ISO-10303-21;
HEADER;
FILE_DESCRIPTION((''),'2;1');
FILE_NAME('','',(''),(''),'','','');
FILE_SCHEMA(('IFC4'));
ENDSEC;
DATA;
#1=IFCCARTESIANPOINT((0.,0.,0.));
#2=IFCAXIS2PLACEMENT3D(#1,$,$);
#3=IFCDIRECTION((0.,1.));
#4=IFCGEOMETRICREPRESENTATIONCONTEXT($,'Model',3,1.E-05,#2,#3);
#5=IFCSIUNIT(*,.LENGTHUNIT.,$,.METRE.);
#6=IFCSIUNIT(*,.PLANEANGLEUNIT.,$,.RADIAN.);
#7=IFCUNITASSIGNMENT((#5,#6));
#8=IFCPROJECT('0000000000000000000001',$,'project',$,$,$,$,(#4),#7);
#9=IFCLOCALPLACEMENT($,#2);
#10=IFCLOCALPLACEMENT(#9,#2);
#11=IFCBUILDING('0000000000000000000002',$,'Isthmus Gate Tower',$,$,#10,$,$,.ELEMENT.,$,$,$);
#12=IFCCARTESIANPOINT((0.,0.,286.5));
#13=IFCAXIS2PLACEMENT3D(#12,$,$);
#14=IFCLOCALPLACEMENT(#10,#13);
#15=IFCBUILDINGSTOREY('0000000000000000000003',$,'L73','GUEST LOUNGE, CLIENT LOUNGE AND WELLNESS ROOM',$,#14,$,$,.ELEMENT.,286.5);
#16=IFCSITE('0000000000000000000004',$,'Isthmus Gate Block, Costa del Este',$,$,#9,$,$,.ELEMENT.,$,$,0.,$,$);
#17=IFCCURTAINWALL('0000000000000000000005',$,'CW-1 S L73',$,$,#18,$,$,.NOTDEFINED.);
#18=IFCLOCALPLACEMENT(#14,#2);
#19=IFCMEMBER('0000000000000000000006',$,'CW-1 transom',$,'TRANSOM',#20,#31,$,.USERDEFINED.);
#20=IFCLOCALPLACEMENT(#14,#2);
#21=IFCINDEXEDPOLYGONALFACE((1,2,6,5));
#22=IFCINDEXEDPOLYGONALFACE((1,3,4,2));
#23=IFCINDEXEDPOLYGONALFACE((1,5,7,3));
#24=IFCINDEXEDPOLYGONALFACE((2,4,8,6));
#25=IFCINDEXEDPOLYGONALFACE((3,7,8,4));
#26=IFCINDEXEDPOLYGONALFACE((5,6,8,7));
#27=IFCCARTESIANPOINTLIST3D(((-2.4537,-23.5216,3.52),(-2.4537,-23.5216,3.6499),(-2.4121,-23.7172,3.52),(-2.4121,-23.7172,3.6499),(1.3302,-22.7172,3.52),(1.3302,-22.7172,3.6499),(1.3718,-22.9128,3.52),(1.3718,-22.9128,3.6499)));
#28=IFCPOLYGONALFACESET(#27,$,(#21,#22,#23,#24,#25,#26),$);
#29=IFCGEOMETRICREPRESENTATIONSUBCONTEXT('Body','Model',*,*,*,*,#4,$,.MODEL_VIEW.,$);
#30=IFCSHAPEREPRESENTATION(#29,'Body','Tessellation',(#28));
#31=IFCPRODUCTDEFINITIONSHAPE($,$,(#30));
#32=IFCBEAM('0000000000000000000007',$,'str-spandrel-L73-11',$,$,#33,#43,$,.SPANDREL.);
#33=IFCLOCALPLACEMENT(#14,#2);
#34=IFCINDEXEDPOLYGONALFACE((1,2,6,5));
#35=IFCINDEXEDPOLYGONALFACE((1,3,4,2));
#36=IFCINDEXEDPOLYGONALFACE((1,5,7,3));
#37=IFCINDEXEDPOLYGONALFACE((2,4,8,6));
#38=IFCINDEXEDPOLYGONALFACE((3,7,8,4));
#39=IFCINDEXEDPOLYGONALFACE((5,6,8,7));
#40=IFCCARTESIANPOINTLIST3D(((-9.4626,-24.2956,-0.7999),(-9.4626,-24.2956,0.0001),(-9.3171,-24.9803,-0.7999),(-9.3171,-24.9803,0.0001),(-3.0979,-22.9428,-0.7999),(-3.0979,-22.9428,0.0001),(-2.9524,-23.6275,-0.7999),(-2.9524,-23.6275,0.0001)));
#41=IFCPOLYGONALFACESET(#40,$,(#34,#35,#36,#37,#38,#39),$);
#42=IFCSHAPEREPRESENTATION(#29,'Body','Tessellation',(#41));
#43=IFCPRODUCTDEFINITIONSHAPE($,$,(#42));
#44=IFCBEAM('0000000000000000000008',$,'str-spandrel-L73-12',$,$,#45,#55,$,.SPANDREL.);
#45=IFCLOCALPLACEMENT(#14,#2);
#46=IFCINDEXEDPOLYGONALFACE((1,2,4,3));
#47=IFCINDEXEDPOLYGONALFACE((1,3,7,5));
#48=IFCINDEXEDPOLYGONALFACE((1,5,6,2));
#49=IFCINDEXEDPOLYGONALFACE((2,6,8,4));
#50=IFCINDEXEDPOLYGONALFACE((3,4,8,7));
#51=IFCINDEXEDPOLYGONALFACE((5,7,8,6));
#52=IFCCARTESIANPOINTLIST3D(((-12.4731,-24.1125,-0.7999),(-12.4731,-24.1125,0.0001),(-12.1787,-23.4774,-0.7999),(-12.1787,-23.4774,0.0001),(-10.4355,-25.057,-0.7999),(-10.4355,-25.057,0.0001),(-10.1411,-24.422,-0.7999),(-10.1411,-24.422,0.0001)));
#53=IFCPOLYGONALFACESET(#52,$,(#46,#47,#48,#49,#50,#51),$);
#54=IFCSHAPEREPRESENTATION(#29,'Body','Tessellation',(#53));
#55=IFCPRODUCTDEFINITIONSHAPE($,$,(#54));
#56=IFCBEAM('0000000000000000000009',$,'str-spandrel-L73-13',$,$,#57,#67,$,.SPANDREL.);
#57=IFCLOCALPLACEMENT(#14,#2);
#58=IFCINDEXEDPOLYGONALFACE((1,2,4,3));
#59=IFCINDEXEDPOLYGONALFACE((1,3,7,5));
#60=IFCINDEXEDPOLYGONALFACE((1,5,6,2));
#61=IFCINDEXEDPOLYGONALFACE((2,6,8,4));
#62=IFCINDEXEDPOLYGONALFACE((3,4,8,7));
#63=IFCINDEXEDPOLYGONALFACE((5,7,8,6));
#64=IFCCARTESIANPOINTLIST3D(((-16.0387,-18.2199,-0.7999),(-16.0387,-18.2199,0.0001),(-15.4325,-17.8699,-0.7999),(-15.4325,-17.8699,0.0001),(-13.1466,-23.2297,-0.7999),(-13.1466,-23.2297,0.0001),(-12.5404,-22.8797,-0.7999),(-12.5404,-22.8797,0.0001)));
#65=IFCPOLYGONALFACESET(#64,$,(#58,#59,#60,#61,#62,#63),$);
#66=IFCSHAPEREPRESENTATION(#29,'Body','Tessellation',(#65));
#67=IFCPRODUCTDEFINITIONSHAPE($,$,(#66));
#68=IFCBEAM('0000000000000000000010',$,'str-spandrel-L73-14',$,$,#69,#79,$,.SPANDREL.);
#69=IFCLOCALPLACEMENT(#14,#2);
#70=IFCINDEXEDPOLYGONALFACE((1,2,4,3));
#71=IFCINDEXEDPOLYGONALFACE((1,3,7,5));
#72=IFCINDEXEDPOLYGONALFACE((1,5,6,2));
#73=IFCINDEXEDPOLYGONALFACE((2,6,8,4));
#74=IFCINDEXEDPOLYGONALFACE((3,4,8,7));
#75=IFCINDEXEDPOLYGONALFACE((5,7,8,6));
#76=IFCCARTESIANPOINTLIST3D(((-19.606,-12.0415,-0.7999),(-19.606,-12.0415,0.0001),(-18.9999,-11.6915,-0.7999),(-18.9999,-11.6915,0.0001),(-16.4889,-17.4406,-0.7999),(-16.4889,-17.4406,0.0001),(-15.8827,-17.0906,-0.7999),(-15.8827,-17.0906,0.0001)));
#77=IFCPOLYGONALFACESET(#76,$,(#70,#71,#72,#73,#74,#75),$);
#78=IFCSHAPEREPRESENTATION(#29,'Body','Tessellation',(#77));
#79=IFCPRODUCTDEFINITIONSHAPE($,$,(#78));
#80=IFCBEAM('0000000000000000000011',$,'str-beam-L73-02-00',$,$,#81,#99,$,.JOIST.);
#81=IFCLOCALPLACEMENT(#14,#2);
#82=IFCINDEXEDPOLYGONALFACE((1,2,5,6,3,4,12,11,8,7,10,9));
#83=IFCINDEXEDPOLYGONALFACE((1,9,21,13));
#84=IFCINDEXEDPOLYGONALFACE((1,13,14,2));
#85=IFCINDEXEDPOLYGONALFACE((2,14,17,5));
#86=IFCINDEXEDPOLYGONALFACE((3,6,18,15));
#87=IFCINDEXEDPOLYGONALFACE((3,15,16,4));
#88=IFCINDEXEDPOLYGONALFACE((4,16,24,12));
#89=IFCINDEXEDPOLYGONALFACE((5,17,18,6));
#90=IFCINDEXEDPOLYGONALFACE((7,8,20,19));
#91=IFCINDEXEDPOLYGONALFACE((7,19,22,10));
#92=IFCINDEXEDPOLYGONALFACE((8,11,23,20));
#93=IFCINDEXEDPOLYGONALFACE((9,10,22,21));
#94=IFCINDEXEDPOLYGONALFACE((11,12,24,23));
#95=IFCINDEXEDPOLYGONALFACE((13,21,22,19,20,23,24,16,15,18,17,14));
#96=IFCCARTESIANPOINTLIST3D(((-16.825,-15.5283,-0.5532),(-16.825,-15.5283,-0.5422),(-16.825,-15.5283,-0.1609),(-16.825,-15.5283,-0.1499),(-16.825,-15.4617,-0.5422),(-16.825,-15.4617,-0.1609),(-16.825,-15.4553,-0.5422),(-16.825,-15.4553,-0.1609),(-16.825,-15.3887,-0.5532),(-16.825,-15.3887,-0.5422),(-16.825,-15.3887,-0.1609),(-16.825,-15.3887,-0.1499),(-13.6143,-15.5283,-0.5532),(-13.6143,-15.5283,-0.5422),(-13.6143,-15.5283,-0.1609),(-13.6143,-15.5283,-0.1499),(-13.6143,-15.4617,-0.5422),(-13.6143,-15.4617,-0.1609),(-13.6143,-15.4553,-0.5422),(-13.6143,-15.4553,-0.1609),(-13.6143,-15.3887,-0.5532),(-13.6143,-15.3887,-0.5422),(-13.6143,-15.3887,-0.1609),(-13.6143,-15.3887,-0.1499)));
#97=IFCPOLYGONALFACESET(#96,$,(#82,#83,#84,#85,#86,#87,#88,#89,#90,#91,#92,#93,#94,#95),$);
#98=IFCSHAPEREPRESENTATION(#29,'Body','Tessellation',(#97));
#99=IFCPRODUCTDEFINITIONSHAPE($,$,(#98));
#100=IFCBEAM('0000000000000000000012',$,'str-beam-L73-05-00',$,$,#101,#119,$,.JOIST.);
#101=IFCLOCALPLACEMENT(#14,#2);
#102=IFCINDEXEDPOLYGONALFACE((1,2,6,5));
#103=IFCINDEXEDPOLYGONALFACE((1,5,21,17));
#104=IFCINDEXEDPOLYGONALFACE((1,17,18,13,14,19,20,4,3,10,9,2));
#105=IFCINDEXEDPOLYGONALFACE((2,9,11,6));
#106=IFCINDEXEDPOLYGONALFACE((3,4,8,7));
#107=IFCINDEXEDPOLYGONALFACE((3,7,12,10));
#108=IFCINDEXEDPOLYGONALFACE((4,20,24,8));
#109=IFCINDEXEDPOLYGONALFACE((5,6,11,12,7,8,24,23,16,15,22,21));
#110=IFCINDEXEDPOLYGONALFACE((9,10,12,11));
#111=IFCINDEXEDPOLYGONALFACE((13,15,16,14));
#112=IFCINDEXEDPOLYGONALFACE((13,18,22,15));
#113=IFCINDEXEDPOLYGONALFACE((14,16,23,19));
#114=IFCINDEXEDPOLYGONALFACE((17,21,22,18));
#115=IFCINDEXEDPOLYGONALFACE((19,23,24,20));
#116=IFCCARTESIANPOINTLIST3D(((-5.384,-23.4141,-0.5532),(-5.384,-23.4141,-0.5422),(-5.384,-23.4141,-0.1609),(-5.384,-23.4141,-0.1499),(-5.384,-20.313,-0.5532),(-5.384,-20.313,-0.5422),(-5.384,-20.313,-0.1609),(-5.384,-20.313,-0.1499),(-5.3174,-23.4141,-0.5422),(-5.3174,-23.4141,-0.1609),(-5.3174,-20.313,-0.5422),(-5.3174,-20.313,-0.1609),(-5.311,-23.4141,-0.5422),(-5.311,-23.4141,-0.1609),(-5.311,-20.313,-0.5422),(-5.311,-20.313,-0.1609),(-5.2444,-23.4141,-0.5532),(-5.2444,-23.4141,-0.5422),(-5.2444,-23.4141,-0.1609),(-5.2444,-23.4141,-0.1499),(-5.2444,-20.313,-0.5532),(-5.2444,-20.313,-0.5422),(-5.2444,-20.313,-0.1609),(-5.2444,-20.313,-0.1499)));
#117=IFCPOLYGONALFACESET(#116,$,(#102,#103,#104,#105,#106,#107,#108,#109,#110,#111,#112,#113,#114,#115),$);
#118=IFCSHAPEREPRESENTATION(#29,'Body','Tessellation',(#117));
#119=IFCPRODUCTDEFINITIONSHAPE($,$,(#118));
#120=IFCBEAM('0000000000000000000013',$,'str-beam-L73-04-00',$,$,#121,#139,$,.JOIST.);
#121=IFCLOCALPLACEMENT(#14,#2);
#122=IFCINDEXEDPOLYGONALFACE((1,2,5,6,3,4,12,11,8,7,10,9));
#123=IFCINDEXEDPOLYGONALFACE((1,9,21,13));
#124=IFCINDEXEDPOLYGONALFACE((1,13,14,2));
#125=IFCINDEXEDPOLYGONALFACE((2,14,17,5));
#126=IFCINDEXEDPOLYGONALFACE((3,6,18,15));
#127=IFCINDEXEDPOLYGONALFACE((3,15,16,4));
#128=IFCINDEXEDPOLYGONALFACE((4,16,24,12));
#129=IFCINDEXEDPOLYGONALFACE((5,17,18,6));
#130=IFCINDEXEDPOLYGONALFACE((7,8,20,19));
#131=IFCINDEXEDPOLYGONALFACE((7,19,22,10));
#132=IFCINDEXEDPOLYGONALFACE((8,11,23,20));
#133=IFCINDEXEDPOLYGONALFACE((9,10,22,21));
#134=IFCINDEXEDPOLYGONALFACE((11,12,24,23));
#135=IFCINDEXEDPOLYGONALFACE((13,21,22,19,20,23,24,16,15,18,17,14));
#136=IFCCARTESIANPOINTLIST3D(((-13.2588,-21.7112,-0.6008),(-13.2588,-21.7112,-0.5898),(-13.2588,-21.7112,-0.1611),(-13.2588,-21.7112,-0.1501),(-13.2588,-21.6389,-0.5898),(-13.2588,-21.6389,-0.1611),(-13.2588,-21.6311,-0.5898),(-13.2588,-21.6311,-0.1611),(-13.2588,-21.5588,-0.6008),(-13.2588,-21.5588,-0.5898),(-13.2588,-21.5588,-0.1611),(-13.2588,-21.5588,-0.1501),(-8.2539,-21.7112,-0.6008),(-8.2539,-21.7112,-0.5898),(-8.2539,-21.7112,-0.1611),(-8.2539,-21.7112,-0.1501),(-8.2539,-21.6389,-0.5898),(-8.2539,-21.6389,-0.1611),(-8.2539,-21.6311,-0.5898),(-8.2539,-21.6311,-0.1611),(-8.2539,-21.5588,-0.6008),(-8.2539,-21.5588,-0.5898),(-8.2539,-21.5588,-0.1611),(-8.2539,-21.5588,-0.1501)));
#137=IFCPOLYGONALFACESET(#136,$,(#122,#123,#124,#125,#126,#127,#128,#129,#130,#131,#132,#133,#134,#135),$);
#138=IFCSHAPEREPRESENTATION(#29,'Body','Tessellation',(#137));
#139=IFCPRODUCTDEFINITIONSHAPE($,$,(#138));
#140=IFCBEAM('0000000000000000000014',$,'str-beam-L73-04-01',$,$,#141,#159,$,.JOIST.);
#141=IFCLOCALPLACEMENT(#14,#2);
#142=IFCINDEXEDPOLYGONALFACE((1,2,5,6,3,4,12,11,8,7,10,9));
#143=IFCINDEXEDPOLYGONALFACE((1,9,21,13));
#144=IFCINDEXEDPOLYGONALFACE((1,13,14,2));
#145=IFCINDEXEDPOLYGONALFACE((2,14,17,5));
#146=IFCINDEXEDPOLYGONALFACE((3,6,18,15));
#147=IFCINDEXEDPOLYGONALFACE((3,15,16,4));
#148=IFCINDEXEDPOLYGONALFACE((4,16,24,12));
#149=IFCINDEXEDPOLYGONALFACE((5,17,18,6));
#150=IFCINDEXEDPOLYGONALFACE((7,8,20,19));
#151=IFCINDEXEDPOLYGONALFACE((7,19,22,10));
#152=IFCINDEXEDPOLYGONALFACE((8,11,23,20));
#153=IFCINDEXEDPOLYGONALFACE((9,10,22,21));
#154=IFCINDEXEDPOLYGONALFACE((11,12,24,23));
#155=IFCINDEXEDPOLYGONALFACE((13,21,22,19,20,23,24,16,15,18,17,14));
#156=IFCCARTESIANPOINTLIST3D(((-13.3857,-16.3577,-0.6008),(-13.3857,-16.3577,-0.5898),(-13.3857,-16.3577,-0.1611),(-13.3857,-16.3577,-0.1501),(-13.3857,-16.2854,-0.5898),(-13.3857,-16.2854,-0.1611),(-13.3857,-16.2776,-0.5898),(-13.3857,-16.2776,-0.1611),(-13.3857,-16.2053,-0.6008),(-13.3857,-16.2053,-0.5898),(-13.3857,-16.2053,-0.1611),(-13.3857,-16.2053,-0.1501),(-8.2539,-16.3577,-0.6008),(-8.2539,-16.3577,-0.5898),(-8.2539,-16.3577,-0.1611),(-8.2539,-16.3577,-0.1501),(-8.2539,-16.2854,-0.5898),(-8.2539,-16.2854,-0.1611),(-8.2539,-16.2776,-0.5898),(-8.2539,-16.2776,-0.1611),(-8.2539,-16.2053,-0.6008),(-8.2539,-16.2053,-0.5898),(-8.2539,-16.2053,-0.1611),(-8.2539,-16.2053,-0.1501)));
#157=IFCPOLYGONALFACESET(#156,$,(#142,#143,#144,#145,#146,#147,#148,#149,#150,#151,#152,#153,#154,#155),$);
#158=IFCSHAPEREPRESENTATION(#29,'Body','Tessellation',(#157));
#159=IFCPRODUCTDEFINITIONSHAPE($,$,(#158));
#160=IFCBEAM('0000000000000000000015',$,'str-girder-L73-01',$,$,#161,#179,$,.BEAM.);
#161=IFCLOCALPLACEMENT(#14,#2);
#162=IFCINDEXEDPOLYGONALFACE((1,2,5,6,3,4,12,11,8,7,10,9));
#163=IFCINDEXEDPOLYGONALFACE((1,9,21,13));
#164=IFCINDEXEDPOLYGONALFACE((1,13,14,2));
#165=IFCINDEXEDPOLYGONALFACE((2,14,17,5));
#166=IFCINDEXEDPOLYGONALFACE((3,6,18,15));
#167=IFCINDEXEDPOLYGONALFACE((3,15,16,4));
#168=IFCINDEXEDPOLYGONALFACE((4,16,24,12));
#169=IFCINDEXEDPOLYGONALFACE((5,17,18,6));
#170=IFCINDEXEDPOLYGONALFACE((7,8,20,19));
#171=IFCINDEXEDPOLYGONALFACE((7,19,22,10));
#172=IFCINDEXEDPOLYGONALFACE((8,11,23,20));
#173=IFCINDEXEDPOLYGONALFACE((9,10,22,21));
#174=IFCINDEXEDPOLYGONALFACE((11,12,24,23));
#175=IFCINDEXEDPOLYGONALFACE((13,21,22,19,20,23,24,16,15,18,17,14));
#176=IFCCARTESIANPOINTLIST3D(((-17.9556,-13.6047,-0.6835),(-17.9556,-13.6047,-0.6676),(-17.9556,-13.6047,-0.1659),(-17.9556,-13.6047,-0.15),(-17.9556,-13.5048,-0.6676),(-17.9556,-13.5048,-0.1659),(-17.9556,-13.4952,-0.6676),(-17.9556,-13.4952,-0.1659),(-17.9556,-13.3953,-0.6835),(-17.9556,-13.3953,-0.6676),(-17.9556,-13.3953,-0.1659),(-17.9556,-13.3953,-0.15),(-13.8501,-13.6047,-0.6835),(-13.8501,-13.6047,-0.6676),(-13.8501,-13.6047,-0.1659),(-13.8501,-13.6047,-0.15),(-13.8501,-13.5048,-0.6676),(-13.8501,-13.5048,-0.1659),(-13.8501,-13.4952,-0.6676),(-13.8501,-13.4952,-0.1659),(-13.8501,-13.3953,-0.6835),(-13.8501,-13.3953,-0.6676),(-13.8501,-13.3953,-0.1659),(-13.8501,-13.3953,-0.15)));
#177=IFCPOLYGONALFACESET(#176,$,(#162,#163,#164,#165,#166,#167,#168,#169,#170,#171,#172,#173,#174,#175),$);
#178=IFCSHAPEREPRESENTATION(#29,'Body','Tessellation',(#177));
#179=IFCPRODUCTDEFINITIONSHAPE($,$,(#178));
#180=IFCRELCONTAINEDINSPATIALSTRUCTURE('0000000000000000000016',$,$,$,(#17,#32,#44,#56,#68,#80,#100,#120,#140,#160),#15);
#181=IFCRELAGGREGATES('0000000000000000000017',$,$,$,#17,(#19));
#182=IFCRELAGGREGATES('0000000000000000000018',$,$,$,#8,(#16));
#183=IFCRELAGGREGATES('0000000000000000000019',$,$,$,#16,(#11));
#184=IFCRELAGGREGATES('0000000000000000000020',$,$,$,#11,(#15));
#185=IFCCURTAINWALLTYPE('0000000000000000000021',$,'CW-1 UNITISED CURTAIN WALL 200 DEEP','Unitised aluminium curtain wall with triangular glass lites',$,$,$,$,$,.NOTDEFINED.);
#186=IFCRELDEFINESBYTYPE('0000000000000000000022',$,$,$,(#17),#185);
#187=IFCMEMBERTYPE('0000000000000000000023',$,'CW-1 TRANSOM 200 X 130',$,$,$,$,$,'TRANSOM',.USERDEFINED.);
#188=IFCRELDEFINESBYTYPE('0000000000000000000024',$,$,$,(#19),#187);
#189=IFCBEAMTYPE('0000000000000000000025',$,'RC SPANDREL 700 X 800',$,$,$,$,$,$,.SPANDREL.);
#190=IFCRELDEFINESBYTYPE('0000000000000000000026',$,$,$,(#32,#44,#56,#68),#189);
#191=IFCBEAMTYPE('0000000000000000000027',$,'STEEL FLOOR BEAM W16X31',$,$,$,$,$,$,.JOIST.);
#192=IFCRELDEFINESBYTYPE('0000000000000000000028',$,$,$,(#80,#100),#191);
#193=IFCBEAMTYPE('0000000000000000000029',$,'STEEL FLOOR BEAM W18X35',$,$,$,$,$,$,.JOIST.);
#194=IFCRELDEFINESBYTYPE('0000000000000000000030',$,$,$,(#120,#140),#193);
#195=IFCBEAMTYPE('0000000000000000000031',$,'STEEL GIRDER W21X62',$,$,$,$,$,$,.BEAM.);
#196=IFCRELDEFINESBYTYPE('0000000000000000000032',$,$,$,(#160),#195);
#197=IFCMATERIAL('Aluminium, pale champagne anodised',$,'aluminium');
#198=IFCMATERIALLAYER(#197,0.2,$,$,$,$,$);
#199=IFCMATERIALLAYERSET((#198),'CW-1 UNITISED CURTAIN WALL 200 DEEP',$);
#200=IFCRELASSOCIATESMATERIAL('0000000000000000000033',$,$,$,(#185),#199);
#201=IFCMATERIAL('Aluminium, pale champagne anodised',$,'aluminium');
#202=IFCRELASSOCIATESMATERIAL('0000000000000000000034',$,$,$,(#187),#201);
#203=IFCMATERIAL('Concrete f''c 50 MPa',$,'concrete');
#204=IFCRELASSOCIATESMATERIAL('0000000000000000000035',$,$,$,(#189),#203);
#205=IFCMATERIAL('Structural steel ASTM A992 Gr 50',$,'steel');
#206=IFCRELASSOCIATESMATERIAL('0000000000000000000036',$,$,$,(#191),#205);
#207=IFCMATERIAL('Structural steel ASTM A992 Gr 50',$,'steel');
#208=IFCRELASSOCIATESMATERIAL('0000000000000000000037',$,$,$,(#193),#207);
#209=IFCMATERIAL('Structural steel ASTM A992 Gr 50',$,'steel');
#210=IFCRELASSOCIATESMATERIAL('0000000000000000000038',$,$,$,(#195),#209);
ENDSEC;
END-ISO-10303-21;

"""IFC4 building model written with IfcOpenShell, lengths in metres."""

from ifc_helpers import new_model, si_unit, direction, frame, origin, origin_2d, place, context, subcontext, project, spatial, rectangle, i_section, extrude, material, layer, layer_set, material_profile, profile_set, type_object, element, aggregate, save


model = new_model("IFC4")

# Units and contexts
model_context = context("Model", 3, precision=1e-05, world=origin(), true_north=direction((0.0, 1.0)))
body_context = subcontext(model_context, "Body", "Model", "MODEL_VIEW")
ifc_project = project(units=[si_unit("LENGTHUNIT", "METRE"), si_unit("PLANEANGLEUNIT", "RADIAN")], contexts=[model_context])

# Site, building, storey
site_placement = place(None, origin())
site = spatial("IfcSite", under=ifc_project, at=site_placement, Name="Isthmus Gate Block, Costa del Este", CompositionType="ELEMENT", RefElevation=0.0)
building_placement = place(site_placement, origin())
building = spatial("IfcBuilding", under=site, at=building_placement, Name="Isthmus Gate Tower", CompositionType="ELEMENT")
storey_placement = place(building_placement, frame((0.0, 0.0, 286.5)))
storey = spatial("IfcBuildingStorey", under=building, at=storey_placement, Name="L73", Description="GUEST LOUNGE, CLIENT LOUNGE AND WELLNESS ROOM", CompositionType="ELEMENT", Elevation=286.5)

# Shared definitions
ifc_material_1 = material(Name="Aluminium, pale champagne anodised", Category="aluminium")
ifc_layer_1 = layer(ifc_material_1, 0.2)
ifc_layer_set_1 = layer_set([ifc_layer_1], Name="CW-1 UNITISED CURTAIN WALL 200 DEEP")
curtain_wall_type = type_object("IfcCurtainWallType", Name="CW-1 UNITISED CURTAIN WALL 200 DEEP", Description="Unitised aluminium curtain wall with triangular glass lites", PredefinedType="NOTDEFINED", material=ifc_layer_set_1)

# Curtain wall
curtain_wall_1_placement = place(storey_placement, origin())
curtain_wall_1 = element("IfcCurtainWall", 1, at=curtain_wall_1_placement, inside=storey, type_object=curtain_wall_type, Name="CW-1 S L73", PredefinedType="NOTDEFINED")

# Member
ifc_material_2 = material(Name="Aluminium, pale champagne anodised", Category="aluminium")
ifc_material_profile_1 = material_profile(ifc_material_2, rectangle(XDim=0.2, YDim=0.1299, at=origin_2d()), Name="200x130")
ifc_profile_set_1 = profile_set([ifc_material_profile_1], Name="Aluminium, pale champagne anodised")
member_type_1 = type_object("IfcMemberType", Name="CW-1 TRANSOM 200 X 130", ElementType="TRANSOM", PredefinedType="USERDEFINED", material=ifc_profile_set_1)
member_1_placement = place(storey_placement, frame((-2.4329, -23.6194, 3.585), z_axis=(0.97814, 0.207947, 0.0), x_axis=(-0.207947, 0.97814, 0.0)))
member_1 = element("IfcMember", 2, at=member_1_placement, type_object=member_type_1, Name="CW-1 transom", ObjectType="TRANSOM", PredefinedType="USERDEFINED", context=body_context, shape_type="SweptSolid", body=[
    extrude(rectangle(XDim=0.2, YDim=0.1299, at=origin_2d()), origin(), (0.0, 0.0, 1.0), 3.8684),
])

# Beams
ifc_material_3 = material(Name="Concrete f'c 50 MPa", Category="concrete")
ifc_material_profile_2 = material_profile(ifc_material_3, rectangle(XDim=0.7, YDim=0.8, at=origin_2d()), Name="RC 700X800")
ifc_profile_set_2 = profile_set([ifc_material_profile_2], Name="Concrete f'c 50 MPa")
beam_type_1 = type_object("IfcBeamType", Name="RC SPANDREL 700 X 800", PredefinedType="SPANDREL", material=ifc_profile_set_2)
beam_1_placement = place(storey_placement, frame((-3.0251, -23.2852, -0.3999), z_axis=(-0.97815, -0.207899, 0.0), x_axis=(0.207899, -0.97815, 0.0)))
element("IfcBeam", 3, at=beam_1_placement, inside=storey, type_object=beam_type_1, Name="str-spandrel-L73-11", PredefinedType="SPANDREL", context=body_context, shape_type="SweptSolid", body=[
    extrude(rectangle(XDim=0.7, YDim=0.8, at=origin_2d()), origin(), (0.0, 0.0, 1.0), 6.5068),
])
beam_2_placement = place(storey_placement, frame((-10.2883, -24.7395, -0.3999), z_axis=(-0.907255, 0.420581, 0.0), x_axis=(-0.420581, -0.907255, 0.0)))
element("IfcBeam", 4, at=beam_2_placement, inside=storey, type_object=beam_type_1, Name="str-spandrel-L73-12", PredefinedType="SPANDREL", context=body_context, shape_type="SweptSolid", body=[
    extrude(rectangle(XDim=0.7, YDim=0.8, at=origin_2d()), origin(), (0.0, 0.0, 1.0), 2.2458),
])
beam_3_placement = place(storey_placement, frame((-12.8435, -23.0547, -0.3999), z_axis=(-0.499961, 0.866048, 0.0), x_axis=(-0.866048, -0.499961, 0.0)))
element("IfcBeam", 5, at=beam_3_placement, inside=storey, type_object=beam_type_1, Name="str-spandrel-L73-13", PredefinedType="SPANDREL", context=body_context, shape_type="SweptSolid", body=[
    extrude(rectangle(XDim=0.7, YDim=0.8, at=origin_2d()), origin(), (0.0, 0.0, 1.0), 5.7847),
])
beam_4_placement = place(storey_placement, frame((-16.1858, -17.2656, -0.3999), z_axis=(-0.499997, 0.866027, 0.0), x_axis=(-0.866027, -0.499997, 0.0)))
element("IfcBeam", 6, at=beam_4_placement, inside=storey, type_object=beam_type_1, Name="str-spandrel-L73-14", PredefinedType="SPANDREL", context=body_context, shape_type="SweptSolid", body=[
    extrude(rectangle(XDim=0.7, YDim=0.8, at=origin_2d()), origin(), (0.0, 0.0, 1.0), 6.2344),
])
ifc_material_4 = material(Name="Structural steel ASTM A992 Gr 50", Category="steel")
ifc_material_profile_3 = material_profile(ifc_material_4, i_section(OverallWidth=0.1396, OverallDepth=0.4033, WebThickness=0.0063, FlangeThickness=0.011, at=origin_2d()), Name="W16X31")
ifc_profile_set_3 = profile_set([ifc_material_profile_3], Name="Structural steel ASTM A992 Gr 50")
beam_type_2 = type_object("IfcBeamType", Name="STEEL FLOOR BEAM W16X31", PredefinedType="JOIST", material=ifc_profile_set_3)
beam_5_placement = place(storey_placement, frame((-16.825, -15.4585, -0.3516), z_axis=(1.0, 0.0, 0.0), x_axis=(0.0, 1.0, 0.0)))
element("IfcBeam", 7, at=beam_5_placement, inside=storey, type_object=beam_type_2, Name="str-beam-L73-02-00", PredefinedType="JOIST", context=body_context, shape_type="SweptSolid", body=[
    extrude(i_section(OverallWidth=0.1396, OverallDepth=0.4033, WebThickness=0.0063, FlangeThickness=0.011, at=origin_2d()), origin(), (0.0, 0.0, 1.0), 3.2107),
])
beam_6_placement = place(storey_placement, frame((-5.3142, -23.4141, -0.3516), z_axis=(0.0, 1.0, 0.0), x_axis=(-1.0, 0.0, 0.0)))
element("IfcBeam", 8, at=beam_6_placement, inside=storey, type_object=beam_type_2, Name="str-beam-L73-05-00", PredefinedType="JOIST", context=body_context, shape_type="SweptSolid", body=[
    extrude(i_section(OverallWidth=0.1396, OverallDepth=0.4033, WebThickness=0.0063, FlangeThickness=0.011, at=origin_2d()), origin(), (0.0, 0.0, 1.0), 3.1011),
])
ifc_material_5 = material(Name="Structural steel ASTM A992 Gr 50", Category="steel")
ifc_material_profile_4 = material_profile(ifc_material_5, i_section(OverallWidth=0.1523, OverallDepth=0.4507, WebThickness=0.0078, FlangeThickness=0.011, at=origin_2d()), Name="W18X35")
ifc_profile_set_4 = profile_set([ifc_material_profile_4], Name="Structural steel ASTM A992 Gr 50")
beam_type_3 = type_object("IfcBeamType", Name="STEEL FLOOR BEAM W18X35", PredefinedType="JOIST", material=ifc_profile_set_4)
beam_7_placement = place(storey_placement, frame((-13.2588, -21.635, -0.3755), z_axis=(1.0, 0.0, 0.0), x_axis=(0.0, 1.0, 0.0)))
element("IfcBeam", 9, at=beam_7_placement, inside=storey, type_object=beam_type_3, Name="str-beam-L73-04-00", PredefinedType="JOIST", context=body_context, shape_type="SweptSolid", body=[
    extrude(i_section(OverallWidth=0.1523, OverallDepth=0.4507, WebThickness=0.0078, FlangeThickness=0.011, at=origin_2d()), origin(), (0.0, 0.0, 1.0), 5.0049),
])
beam_8_placement = place(storey_placement, frame((-13.3857, -16.2815, -0.3755), z_axis=(1.0, 0.0, 0.0), x_axis=(0.0, 1.0, 0.0)))
element("IfcBeam", 10, at=beam_8_placement, inside=storey, type_object=beam_type_3, Name="str-beam-L73-04-01", PredefinedType="JOIST", context=body_context, shape_type="SweptSolid", body=[
    extrude(i_section(OverallWidth=0.1523, OverallDepth=0.4507, WebThickness=0.0078, FlangeThickness=0.011, at=origin_2d()), origin(), (0.0, 0.0, 1.0), 5.1318),
])
ifc_material_6 = material(Name="Structural steel ASTM A992 Gr 50", Category="steel")
ifc_material_profile_5 = material_profile(ifc_material_6, i_section(OverallWidth=0.2095, OverallDepth=0.5334, WebThickness=0.0095, FlangeThickness=0.0159, at=origin_2d()), Name="W21X62")
ifc_profile_set_5 = profile_set([ifc_material_profile_5], Name="Structural steel ASTM A992 Gr 50")
beam_type_4 = type_object("IfcBeamType", Name="STEEL GIRDER W21X62", PredefinedType="BEAM", material=ifc_profile_set_5)
beam_9_placement = place(storey_placement, frame((-17.9556, -13.5, -0.4167), z_axis=(1.0, 0.0, 0.0), x_axis=(0.0, 1.0, 0.0)))
element("IfcBeam", 11, at=beam_9_placement, inside=storey, type_object=beam_type_4, Name="str-girder-L73-01", PredefinedType="BEAM", context=body_context, shape_type="SweptSolid", body=[
    extrude(i_section(OverallWidth=0.2095, OverallDepth=0.5334, WebThickness=0.0095, FlangeThickness=0.0159, at=origin_2d()), origin(), (0.0, 0.0, 1.0), 4.1055),
])

aggregate(curtain_wall_1, [member_1])

save(model, "model.ifc")
